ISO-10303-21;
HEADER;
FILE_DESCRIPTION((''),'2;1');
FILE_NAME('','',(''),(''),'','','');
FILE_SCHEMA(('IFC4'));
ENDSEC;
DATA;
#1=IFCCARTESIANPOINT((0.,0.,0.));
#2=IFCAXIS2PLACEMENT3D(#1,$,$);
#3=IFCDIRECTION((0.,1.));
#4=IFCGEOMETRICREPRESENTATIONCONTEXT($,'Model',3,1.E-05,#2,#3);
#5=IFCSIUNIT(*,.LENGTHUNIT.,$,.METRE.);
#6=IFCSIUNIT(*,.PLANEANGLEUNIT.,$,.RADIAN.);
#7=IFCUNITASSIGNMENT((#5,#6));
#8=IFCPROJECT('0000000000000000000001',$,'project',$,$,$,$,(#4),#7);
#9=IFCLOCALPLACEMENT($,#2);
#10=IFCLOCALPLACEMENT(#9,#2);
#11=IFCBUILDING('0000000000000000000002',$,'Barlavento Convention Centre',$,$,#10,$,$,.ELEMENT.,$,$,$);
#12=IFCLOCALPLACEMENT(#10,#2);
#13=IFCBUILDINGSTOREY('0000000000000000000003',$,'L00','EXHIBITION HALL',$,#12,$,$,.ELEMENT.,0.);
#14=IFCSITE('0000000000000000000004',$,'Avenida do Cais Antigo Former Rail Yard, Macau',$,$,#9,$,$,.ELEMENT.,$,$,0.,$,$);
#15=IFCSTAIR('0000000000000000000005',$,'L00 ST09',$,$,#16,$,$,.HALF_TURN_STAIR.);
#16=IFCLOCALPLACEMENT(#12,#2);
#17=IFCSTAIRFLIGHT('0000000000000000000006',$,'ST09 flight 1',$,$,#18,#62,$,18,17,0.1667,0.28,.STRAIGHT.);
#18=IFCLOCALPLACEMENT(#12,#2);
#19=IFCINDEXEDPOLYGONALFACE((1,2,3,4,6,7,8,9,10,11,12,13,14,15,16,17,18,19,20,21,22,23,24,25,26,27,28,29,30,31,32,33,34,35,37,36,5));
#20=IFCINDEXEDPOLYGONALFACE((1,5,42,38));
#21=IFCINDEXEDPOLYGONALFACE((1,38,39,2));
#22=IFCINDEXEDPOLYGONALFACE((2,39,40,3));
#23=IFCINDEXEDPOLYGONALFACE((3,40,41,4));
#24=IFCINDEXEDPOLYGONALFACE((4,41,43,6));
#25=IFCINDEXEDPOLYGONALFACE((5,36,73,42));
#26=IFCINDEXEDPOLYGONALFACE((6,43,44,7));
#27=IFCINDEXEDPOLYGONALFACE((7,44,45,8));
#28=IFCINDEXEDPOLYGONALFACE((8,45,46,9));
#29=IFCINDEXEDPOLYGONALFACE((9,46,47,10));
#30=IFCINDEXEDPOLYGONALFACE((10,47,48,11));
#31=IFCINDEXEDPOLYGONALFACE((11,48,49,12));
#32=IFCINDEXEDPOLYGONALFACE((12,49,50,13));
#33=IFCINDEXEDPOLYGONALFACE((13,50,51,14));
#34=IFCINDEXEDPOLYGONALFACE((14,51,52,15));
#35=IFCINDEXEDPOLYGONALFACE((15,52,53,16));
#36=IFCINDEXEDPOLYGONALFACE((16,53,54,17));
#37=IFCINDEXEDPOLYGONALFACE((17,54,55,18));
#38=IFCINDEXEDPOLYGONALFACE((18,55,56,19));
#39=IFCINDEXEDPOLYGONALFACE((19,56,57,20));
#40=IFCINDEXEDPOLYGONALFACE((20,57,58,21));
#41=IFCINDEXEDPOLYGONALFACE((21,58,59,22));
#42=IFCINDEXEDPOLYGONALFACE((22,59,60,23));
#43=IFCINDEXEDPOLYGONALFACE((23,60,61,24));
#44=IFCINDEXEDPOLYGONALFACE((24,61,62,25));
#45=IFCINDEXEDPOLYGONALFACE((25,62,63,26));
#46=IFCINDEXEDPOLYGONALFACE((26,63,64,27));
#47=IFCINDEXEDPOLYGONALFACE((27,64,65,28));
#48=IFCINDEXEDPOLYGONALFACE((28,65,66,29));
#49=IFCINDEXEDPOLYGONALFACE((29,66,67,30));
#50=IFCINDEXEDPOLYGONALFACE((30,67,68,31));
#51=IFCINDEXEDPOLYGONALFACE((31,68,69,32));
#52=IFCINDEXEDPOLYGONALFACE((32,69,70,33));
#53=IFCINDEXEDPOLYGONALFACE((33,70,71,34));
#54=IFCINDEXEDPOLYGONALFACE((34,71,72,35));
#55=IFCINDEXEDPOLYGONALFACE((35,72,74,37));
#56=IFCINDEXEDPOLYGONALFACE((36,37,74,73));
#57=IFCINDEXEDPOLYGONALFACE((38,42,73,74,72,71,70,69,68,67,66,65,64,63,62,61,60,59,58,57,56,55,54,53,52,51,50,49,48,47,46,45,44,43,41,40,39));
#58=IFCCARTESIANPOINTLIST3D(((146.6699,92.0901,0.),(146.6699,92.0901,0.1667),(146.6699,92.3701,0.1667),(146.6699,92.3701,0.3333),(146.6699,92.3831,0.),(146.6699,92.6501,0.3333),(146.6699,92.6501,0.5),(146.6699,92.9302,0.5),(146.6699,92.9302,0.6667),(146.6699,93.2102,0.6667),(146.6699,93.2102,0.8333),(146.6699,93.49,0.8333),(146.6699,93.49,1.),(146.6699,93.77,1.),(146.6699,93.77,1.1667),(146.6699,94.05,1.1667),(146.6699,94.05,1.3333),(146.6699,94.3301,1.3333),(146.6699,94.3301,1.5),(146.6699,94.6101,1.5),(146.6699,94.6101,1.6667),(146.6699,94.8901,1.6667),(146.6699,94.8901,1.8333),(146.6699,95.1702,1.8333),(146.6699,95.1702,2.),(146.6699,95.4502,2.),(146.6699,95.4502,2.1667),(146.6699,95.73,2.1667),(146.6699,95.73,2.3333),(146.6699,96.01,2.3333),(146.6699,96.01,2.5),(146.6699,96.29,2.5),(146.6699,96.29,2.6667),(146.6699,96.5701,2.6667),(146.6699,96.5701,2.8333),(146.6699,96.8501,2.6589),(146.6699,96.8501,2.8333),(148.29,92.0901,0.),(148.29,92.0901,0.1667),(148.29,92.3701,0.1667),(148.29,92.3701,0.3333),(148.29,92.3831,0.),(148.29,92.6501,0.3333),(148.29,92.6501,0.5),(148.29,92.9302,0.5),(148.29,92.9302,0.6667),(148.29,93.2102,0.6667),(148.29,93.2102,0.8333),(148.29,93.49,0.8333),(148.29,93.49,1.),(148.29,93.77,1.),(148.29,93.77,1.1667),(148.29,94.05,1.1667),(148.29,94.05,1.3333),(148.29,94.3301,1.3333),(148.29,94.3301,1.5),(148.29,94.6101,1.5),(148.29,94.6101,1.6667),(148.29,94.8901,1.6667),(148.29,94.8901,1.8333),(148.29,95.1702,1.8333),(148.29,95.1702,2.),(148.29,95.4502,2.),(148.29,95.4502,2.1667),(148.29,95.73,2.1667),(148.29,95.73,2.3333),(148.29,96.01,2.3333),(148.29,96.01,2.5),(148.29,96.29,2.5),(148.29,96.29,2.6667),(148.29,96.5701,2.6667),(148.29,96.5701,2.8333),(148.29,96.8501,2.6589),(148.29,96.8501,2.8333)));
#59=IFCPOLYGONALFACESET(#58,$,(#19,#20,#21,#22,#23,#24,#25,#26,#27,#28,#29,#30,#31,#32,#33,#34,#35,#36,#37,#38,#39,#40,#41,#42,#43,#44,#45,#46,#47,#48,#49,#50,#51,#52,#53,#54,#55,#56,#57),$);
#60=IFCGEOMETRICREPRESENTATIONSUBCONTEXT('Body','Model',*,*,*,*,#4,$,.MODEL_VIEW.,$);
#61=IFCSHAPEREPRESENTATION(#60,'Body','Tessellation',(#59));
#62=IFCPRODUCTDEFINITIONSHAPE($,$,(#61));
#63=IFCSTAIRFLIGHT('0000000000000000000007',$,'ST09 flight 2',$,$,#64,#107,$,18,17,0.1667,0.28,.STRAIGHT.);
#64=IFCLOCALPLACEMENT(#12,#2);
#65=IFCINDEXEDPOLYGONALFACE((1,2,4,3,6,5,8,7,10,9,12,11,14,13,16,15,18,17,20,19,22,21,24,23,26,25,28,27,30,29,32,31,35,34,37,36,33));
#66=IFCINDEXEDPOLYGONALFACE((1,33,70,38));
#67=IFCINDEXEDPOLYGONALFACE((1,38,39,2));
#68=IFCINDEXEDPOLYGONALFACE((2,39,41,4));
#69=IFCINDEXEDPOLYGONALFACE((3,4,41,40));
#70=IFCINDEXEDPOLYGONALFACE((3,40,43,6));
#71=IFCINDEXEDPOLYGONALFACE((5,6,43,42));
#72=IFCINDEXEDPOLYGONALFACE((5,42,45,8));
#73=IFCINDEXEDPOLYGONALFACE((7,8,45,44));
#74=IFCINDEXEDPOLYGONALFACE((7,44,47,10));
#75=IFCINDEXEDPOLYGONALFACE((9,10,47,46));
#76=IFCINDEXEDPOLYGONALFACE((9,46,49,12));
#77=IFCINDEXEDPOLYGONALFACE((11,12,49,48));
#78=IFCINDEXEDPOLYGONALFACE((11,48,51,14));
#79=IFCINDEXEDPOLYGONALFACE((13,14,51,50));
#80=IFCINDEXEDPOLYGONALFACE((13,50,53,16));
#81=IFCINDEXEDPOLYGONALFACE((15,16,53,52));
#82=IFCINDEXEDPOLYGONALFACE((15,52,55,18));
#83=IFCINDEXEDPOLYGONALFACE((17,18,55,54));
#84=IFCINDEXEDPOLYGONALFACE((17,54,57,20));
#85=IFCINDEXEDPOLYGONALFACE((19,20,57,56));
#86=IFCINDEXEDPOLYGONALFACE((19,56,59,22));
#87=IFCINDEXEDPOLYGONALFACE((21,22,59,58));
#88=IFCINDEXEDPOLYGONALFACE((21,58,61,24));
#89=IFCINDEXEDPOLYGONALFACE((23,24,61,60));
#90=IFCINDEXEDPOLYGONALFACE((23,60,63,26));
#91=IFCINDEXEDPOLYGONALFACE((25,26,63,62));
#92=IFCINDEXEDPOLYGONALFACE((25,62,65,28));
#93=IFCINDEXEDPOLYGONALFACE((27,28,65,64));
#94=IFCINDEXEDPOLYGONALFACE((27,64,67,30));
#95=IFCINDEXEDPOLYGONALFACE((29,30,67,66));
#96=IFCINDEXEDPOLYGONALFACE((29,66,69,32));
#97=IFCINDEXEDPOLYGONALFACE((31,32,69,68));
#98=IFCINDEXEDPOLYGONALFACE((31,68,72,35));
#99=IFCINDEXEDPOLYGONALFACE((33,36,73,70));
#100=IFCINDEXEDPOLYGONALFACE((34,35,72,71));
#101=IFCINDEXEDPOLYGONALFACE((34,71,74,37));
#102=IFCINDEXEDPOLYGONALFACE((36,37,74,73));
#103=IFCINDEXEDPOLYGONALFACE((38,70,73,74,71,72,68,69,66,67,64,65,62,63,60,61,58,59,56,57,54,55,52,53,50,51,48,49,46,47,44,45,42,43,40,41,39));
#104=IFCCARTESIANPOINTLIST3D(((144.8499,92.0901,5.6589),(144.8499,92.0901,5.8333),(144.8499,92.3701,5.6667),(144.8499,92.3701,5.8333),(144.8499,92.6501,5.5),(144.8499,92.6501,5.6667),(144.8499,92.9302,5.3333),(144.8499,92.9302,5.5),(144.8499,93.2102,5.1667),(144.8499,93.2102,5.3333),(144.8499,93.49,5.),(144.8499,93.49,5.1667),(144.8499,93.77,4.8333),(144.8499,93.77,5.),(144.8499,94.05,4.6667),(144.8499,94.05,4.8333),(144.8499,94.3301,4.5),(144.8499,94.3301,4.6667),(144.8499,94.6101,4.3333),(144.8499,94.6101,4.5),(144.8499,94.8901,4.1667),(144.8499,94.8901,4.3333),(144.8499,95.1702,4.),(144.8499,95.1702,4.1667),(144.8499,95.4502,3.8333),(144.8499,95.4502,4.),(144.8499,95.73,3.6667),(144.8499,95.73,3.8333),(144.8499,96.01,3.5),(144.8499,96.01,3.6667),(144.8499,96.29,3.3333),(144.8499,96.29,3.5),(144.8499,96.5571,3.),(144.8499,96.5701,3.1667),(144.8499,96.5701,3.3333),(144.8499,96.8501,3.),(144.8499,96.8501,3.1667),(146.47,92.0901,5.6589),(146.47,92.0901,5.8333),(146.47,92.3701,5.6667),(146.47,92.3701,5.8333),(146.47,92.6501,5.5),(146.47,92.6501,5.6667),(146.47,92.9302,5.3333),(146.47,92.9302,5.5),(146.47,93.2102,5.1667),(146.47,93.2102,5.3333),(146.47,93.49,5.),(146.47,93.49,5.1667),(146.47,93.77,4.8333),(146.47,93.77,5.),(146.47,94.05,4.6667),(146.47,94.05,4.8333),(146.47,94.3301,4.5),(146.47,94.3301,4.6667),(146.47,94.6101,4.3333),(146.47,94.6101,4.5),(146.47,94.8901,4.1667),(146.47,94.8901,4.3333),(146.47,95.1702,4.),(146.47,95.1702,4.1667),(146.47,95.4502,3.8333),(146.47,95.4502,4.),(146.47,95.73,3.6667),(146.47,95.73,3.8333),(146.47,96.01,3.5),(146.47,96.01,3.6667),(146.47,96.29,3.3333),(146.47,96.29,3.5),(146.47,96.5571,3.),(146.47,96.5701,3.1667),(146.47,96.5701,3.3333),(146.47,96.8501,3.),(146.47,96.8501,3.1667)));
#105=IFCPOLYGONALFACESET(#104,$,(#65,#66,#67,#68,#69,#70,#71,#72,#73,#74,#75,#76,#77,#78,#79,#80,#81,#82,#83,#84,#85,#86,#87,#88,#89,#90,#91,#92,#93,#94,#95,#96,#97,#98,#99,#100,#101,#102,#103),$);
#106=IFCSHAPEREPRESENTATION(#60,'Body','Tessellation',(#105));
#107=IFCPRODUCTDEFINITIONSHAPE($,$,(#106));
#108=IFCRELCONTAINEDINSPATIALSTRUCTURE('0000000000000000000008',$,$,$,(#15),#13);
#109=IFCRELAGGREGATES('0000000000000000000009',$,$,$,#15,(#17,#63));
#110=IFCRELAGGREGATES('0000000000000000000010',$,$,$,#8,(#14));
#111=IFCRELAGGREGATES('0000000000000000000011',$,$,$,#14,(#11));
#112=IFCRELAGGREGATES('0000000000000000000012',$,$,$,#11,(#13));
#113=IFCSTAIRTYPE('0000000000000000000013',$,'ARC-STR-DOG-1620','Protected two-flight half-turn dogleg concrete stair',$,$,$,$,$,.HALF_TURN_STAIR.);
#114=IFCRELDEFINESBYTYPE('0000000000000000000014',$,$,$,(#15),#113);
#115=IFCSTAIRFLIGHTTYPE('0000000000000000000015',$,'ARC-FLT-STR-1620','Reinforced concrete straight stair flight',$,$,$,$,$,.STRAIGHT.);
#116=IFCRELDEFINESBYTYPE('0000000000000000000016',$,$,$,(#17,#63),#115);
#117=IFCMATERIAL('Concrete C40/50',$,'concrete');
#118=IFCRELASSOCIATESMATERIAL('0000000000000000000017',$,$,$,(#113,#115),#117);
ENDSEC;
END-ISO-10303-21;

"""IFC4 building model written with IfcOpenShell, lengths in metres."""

from ifc_helpers import new_model, si_unit, direction, frame, origin, place, context, subcontext, project, spatial, polyline, outline, extrude, material, type_object, element, aggregate, save


model = new_model("IFC4")

# Units and contexts
model_context = context("Model", 3, precision=1e-05, world=origin(), true_north=direction((0.0, 1.0)))
body_context = subcontext(model_context, "Body", "Model", "MODEL_VIEW")
ifc_project = project(units=[si_unit("LENGTHUNIT", "METRE"), si_unit("PLANEANGLEUNIT", "RADIAN")], contexts=[model_context])

# Site, building, storey
site_placement = place(None, origin())
site = spatial("IfcSite", under=ifc_project, at=site_placement, Name="Avenida do Cais Antigo Former Rail Yard, Macau", CompositionType="ELEMENT", RefElevation=0.0)
building_placement = place(site_placement, origin())
building = spatial("IfcBuilding", under=site, at=building_placement, Name="Barlavento Convention Centre", CompositionType="ELEMENT")
storey_placement = place(building_placement, origin())
storey = spatial("IfcBuildingStorey", under=building, at=storey_placement, Name="L00", Description="EXHIBITION HALL", CompositionType="ELEMENT", Elevation=0.0)

# Stair, stair flights
ifc_material_1 = material(Name="Concrete C40/50", Category="concrete")
stair_type = type_object("IfcStairType", Name="ARC-STR-DOG-1620", Description="Protected two-flight half-turn dogleg concrete stair", PredefinedType="HALF_TURN_STAIR", material=ifc_material_1)
stair_placement = place(storey_placement, origin())
stair = element("IfcStair", 1, at=stair_placement, inside=storey, type_object=stair_type, Name="L00 ST09", PredefinedType="HALF_TURN_STAIR")
stair_flight_type = type_object("IfcStairFlightType", Name="ARC-FLT-STR-1620", Description="Reinforced concrete straight stair flight", PredefinedType="STRAIGHT", material=ifc_material_1)
stair_flight_1_placement = place(storey_placement, frame((147.48, 92.0901, 0.0), z_axis=(0.0, 0.0, 1.0), x_axis=(0.0, 1.0, 0.0)))
stair_flight_1 = element("IfcStairFlight", 2, at=stair_flight_1_placement, type_object=stair_flight_type, Name="ST09 flight 1", NumberOfRisers=18, NumberOfTreads=17, PredefinedType="STRAIGHT", RiserHeight=0.1667, TreadLength=0.28, context=body_context, shape_type="SweptSolid", body=[
    extrude(outline(polyline([(0.0, 0.0), (0.0, 0.1667), (0.28, 0.1667), (0.28, 0.3333), (0.5601, 0.3333), (0.5601, 0.5), (0.8401, 0.5), (0.8401, 0.6667), (1.1201, 0.6667), (1.1201, 0.8333), (1.3999, 0.8333), (1.3999, 1.0), (1.6799, 1.0), (1.6799, 1.1667), (1.96, 1.1667), (1.96, 1.3333), (2.24, 1.3333), (2.24, 1.5), (2.52, 1.5), (2.52, 1.6667), (2.8, 1.6667), (2.8, 1.8333), (3.0801, 1.8333), (3.0801, 2.0), (3.3601, 2.0), (3.3601, 2.1667), (3.6399, 2.1667), (3.6399, 2.3333), (3.9199, 2.3333), (3.9199, 2.5), (4.2, 2.5), (4.2, 2.6667), (4.48, 2.6667), (4.48, 2.8333), (4.76, 2.8333), (4.76, 3.0), (4.76, 2.6589), (0.293, 0.0), (0.0, 0.0)])), frame((0.0, 0.8101, 0.0), z_axis=(0.0, -1.0, 0.0), x_axis=(1.0, 0.0, 0.0)), (0.0, 0.0, 1.0), 1.6201),
])
stair_flight_2_placement = place(storey_placement, frame((145.6599, 96.8501, 3.0), z_axis=(0.0, 0.0, 1.0), x_axis=(0.0, -1.0, 0.0)))
stair_flight_2 = element("IfcStairFlight", 3, at=stair_flight_2_placement, type_object=stair_flight_type, Name="ST09 flight 2", NumberOfRisers=18, NumberOfTreads=17, PredefinedType="STRAIGHT", RiserHeight=0.1667, TreadLength=0.28, context=body_context, shape_type="SweptSolid", body=[
    extrude(outline(polyline([(0.0, 0.0), (0.0, 0.1667), (0.28, 0.1667), (0.28, 0.3333), (0.5601, 0.3333), (0.5601, 0.5), (0.8401, 0.5), (0.8401, 0.6667), (1.1201, 0.6667), (1.1201, 0.8333), (1.3999, 0.8333), (1.3999, 1.0), (1.6799, 1.0), (1.6799, 1.1667), (1.96, 1.1667), (1.96, 1.3333), (2.24, 1.3333), (2.24, 1.5), (2.52, 1.5), (2.52, 1.6667), (2.8, 1.6667), (2.8, 1.8333), (3.0801, 1.8333), (3.0801, 2.0), (3.3601, 2.0), (3.3601, 2.1667), (3.6399, 2.1667), (3.6399, 2.3333), (3.9199, 2.3333), (3.9199, 2.5), (4.2, 2.5), (4.2, 2.6667), (4.48, 2.6667), (4.48, 2.8333), (4.76, 2.8333), (4.76, 3.0), (4.76, 2.6589), (0.293, 0.0), (0.0, 0.0)])), frame((0.0, 0.8101, 0.0), z_axis=(0.0, -1.0, 0.0), x_axis=(1.0, 0.0, 0.0)), (0.0, 0.0, 1.0), 1.6201),
])
aggregate(stair, [stair_flight_1, stair_flight_2])

save(model, "model.ifc")
